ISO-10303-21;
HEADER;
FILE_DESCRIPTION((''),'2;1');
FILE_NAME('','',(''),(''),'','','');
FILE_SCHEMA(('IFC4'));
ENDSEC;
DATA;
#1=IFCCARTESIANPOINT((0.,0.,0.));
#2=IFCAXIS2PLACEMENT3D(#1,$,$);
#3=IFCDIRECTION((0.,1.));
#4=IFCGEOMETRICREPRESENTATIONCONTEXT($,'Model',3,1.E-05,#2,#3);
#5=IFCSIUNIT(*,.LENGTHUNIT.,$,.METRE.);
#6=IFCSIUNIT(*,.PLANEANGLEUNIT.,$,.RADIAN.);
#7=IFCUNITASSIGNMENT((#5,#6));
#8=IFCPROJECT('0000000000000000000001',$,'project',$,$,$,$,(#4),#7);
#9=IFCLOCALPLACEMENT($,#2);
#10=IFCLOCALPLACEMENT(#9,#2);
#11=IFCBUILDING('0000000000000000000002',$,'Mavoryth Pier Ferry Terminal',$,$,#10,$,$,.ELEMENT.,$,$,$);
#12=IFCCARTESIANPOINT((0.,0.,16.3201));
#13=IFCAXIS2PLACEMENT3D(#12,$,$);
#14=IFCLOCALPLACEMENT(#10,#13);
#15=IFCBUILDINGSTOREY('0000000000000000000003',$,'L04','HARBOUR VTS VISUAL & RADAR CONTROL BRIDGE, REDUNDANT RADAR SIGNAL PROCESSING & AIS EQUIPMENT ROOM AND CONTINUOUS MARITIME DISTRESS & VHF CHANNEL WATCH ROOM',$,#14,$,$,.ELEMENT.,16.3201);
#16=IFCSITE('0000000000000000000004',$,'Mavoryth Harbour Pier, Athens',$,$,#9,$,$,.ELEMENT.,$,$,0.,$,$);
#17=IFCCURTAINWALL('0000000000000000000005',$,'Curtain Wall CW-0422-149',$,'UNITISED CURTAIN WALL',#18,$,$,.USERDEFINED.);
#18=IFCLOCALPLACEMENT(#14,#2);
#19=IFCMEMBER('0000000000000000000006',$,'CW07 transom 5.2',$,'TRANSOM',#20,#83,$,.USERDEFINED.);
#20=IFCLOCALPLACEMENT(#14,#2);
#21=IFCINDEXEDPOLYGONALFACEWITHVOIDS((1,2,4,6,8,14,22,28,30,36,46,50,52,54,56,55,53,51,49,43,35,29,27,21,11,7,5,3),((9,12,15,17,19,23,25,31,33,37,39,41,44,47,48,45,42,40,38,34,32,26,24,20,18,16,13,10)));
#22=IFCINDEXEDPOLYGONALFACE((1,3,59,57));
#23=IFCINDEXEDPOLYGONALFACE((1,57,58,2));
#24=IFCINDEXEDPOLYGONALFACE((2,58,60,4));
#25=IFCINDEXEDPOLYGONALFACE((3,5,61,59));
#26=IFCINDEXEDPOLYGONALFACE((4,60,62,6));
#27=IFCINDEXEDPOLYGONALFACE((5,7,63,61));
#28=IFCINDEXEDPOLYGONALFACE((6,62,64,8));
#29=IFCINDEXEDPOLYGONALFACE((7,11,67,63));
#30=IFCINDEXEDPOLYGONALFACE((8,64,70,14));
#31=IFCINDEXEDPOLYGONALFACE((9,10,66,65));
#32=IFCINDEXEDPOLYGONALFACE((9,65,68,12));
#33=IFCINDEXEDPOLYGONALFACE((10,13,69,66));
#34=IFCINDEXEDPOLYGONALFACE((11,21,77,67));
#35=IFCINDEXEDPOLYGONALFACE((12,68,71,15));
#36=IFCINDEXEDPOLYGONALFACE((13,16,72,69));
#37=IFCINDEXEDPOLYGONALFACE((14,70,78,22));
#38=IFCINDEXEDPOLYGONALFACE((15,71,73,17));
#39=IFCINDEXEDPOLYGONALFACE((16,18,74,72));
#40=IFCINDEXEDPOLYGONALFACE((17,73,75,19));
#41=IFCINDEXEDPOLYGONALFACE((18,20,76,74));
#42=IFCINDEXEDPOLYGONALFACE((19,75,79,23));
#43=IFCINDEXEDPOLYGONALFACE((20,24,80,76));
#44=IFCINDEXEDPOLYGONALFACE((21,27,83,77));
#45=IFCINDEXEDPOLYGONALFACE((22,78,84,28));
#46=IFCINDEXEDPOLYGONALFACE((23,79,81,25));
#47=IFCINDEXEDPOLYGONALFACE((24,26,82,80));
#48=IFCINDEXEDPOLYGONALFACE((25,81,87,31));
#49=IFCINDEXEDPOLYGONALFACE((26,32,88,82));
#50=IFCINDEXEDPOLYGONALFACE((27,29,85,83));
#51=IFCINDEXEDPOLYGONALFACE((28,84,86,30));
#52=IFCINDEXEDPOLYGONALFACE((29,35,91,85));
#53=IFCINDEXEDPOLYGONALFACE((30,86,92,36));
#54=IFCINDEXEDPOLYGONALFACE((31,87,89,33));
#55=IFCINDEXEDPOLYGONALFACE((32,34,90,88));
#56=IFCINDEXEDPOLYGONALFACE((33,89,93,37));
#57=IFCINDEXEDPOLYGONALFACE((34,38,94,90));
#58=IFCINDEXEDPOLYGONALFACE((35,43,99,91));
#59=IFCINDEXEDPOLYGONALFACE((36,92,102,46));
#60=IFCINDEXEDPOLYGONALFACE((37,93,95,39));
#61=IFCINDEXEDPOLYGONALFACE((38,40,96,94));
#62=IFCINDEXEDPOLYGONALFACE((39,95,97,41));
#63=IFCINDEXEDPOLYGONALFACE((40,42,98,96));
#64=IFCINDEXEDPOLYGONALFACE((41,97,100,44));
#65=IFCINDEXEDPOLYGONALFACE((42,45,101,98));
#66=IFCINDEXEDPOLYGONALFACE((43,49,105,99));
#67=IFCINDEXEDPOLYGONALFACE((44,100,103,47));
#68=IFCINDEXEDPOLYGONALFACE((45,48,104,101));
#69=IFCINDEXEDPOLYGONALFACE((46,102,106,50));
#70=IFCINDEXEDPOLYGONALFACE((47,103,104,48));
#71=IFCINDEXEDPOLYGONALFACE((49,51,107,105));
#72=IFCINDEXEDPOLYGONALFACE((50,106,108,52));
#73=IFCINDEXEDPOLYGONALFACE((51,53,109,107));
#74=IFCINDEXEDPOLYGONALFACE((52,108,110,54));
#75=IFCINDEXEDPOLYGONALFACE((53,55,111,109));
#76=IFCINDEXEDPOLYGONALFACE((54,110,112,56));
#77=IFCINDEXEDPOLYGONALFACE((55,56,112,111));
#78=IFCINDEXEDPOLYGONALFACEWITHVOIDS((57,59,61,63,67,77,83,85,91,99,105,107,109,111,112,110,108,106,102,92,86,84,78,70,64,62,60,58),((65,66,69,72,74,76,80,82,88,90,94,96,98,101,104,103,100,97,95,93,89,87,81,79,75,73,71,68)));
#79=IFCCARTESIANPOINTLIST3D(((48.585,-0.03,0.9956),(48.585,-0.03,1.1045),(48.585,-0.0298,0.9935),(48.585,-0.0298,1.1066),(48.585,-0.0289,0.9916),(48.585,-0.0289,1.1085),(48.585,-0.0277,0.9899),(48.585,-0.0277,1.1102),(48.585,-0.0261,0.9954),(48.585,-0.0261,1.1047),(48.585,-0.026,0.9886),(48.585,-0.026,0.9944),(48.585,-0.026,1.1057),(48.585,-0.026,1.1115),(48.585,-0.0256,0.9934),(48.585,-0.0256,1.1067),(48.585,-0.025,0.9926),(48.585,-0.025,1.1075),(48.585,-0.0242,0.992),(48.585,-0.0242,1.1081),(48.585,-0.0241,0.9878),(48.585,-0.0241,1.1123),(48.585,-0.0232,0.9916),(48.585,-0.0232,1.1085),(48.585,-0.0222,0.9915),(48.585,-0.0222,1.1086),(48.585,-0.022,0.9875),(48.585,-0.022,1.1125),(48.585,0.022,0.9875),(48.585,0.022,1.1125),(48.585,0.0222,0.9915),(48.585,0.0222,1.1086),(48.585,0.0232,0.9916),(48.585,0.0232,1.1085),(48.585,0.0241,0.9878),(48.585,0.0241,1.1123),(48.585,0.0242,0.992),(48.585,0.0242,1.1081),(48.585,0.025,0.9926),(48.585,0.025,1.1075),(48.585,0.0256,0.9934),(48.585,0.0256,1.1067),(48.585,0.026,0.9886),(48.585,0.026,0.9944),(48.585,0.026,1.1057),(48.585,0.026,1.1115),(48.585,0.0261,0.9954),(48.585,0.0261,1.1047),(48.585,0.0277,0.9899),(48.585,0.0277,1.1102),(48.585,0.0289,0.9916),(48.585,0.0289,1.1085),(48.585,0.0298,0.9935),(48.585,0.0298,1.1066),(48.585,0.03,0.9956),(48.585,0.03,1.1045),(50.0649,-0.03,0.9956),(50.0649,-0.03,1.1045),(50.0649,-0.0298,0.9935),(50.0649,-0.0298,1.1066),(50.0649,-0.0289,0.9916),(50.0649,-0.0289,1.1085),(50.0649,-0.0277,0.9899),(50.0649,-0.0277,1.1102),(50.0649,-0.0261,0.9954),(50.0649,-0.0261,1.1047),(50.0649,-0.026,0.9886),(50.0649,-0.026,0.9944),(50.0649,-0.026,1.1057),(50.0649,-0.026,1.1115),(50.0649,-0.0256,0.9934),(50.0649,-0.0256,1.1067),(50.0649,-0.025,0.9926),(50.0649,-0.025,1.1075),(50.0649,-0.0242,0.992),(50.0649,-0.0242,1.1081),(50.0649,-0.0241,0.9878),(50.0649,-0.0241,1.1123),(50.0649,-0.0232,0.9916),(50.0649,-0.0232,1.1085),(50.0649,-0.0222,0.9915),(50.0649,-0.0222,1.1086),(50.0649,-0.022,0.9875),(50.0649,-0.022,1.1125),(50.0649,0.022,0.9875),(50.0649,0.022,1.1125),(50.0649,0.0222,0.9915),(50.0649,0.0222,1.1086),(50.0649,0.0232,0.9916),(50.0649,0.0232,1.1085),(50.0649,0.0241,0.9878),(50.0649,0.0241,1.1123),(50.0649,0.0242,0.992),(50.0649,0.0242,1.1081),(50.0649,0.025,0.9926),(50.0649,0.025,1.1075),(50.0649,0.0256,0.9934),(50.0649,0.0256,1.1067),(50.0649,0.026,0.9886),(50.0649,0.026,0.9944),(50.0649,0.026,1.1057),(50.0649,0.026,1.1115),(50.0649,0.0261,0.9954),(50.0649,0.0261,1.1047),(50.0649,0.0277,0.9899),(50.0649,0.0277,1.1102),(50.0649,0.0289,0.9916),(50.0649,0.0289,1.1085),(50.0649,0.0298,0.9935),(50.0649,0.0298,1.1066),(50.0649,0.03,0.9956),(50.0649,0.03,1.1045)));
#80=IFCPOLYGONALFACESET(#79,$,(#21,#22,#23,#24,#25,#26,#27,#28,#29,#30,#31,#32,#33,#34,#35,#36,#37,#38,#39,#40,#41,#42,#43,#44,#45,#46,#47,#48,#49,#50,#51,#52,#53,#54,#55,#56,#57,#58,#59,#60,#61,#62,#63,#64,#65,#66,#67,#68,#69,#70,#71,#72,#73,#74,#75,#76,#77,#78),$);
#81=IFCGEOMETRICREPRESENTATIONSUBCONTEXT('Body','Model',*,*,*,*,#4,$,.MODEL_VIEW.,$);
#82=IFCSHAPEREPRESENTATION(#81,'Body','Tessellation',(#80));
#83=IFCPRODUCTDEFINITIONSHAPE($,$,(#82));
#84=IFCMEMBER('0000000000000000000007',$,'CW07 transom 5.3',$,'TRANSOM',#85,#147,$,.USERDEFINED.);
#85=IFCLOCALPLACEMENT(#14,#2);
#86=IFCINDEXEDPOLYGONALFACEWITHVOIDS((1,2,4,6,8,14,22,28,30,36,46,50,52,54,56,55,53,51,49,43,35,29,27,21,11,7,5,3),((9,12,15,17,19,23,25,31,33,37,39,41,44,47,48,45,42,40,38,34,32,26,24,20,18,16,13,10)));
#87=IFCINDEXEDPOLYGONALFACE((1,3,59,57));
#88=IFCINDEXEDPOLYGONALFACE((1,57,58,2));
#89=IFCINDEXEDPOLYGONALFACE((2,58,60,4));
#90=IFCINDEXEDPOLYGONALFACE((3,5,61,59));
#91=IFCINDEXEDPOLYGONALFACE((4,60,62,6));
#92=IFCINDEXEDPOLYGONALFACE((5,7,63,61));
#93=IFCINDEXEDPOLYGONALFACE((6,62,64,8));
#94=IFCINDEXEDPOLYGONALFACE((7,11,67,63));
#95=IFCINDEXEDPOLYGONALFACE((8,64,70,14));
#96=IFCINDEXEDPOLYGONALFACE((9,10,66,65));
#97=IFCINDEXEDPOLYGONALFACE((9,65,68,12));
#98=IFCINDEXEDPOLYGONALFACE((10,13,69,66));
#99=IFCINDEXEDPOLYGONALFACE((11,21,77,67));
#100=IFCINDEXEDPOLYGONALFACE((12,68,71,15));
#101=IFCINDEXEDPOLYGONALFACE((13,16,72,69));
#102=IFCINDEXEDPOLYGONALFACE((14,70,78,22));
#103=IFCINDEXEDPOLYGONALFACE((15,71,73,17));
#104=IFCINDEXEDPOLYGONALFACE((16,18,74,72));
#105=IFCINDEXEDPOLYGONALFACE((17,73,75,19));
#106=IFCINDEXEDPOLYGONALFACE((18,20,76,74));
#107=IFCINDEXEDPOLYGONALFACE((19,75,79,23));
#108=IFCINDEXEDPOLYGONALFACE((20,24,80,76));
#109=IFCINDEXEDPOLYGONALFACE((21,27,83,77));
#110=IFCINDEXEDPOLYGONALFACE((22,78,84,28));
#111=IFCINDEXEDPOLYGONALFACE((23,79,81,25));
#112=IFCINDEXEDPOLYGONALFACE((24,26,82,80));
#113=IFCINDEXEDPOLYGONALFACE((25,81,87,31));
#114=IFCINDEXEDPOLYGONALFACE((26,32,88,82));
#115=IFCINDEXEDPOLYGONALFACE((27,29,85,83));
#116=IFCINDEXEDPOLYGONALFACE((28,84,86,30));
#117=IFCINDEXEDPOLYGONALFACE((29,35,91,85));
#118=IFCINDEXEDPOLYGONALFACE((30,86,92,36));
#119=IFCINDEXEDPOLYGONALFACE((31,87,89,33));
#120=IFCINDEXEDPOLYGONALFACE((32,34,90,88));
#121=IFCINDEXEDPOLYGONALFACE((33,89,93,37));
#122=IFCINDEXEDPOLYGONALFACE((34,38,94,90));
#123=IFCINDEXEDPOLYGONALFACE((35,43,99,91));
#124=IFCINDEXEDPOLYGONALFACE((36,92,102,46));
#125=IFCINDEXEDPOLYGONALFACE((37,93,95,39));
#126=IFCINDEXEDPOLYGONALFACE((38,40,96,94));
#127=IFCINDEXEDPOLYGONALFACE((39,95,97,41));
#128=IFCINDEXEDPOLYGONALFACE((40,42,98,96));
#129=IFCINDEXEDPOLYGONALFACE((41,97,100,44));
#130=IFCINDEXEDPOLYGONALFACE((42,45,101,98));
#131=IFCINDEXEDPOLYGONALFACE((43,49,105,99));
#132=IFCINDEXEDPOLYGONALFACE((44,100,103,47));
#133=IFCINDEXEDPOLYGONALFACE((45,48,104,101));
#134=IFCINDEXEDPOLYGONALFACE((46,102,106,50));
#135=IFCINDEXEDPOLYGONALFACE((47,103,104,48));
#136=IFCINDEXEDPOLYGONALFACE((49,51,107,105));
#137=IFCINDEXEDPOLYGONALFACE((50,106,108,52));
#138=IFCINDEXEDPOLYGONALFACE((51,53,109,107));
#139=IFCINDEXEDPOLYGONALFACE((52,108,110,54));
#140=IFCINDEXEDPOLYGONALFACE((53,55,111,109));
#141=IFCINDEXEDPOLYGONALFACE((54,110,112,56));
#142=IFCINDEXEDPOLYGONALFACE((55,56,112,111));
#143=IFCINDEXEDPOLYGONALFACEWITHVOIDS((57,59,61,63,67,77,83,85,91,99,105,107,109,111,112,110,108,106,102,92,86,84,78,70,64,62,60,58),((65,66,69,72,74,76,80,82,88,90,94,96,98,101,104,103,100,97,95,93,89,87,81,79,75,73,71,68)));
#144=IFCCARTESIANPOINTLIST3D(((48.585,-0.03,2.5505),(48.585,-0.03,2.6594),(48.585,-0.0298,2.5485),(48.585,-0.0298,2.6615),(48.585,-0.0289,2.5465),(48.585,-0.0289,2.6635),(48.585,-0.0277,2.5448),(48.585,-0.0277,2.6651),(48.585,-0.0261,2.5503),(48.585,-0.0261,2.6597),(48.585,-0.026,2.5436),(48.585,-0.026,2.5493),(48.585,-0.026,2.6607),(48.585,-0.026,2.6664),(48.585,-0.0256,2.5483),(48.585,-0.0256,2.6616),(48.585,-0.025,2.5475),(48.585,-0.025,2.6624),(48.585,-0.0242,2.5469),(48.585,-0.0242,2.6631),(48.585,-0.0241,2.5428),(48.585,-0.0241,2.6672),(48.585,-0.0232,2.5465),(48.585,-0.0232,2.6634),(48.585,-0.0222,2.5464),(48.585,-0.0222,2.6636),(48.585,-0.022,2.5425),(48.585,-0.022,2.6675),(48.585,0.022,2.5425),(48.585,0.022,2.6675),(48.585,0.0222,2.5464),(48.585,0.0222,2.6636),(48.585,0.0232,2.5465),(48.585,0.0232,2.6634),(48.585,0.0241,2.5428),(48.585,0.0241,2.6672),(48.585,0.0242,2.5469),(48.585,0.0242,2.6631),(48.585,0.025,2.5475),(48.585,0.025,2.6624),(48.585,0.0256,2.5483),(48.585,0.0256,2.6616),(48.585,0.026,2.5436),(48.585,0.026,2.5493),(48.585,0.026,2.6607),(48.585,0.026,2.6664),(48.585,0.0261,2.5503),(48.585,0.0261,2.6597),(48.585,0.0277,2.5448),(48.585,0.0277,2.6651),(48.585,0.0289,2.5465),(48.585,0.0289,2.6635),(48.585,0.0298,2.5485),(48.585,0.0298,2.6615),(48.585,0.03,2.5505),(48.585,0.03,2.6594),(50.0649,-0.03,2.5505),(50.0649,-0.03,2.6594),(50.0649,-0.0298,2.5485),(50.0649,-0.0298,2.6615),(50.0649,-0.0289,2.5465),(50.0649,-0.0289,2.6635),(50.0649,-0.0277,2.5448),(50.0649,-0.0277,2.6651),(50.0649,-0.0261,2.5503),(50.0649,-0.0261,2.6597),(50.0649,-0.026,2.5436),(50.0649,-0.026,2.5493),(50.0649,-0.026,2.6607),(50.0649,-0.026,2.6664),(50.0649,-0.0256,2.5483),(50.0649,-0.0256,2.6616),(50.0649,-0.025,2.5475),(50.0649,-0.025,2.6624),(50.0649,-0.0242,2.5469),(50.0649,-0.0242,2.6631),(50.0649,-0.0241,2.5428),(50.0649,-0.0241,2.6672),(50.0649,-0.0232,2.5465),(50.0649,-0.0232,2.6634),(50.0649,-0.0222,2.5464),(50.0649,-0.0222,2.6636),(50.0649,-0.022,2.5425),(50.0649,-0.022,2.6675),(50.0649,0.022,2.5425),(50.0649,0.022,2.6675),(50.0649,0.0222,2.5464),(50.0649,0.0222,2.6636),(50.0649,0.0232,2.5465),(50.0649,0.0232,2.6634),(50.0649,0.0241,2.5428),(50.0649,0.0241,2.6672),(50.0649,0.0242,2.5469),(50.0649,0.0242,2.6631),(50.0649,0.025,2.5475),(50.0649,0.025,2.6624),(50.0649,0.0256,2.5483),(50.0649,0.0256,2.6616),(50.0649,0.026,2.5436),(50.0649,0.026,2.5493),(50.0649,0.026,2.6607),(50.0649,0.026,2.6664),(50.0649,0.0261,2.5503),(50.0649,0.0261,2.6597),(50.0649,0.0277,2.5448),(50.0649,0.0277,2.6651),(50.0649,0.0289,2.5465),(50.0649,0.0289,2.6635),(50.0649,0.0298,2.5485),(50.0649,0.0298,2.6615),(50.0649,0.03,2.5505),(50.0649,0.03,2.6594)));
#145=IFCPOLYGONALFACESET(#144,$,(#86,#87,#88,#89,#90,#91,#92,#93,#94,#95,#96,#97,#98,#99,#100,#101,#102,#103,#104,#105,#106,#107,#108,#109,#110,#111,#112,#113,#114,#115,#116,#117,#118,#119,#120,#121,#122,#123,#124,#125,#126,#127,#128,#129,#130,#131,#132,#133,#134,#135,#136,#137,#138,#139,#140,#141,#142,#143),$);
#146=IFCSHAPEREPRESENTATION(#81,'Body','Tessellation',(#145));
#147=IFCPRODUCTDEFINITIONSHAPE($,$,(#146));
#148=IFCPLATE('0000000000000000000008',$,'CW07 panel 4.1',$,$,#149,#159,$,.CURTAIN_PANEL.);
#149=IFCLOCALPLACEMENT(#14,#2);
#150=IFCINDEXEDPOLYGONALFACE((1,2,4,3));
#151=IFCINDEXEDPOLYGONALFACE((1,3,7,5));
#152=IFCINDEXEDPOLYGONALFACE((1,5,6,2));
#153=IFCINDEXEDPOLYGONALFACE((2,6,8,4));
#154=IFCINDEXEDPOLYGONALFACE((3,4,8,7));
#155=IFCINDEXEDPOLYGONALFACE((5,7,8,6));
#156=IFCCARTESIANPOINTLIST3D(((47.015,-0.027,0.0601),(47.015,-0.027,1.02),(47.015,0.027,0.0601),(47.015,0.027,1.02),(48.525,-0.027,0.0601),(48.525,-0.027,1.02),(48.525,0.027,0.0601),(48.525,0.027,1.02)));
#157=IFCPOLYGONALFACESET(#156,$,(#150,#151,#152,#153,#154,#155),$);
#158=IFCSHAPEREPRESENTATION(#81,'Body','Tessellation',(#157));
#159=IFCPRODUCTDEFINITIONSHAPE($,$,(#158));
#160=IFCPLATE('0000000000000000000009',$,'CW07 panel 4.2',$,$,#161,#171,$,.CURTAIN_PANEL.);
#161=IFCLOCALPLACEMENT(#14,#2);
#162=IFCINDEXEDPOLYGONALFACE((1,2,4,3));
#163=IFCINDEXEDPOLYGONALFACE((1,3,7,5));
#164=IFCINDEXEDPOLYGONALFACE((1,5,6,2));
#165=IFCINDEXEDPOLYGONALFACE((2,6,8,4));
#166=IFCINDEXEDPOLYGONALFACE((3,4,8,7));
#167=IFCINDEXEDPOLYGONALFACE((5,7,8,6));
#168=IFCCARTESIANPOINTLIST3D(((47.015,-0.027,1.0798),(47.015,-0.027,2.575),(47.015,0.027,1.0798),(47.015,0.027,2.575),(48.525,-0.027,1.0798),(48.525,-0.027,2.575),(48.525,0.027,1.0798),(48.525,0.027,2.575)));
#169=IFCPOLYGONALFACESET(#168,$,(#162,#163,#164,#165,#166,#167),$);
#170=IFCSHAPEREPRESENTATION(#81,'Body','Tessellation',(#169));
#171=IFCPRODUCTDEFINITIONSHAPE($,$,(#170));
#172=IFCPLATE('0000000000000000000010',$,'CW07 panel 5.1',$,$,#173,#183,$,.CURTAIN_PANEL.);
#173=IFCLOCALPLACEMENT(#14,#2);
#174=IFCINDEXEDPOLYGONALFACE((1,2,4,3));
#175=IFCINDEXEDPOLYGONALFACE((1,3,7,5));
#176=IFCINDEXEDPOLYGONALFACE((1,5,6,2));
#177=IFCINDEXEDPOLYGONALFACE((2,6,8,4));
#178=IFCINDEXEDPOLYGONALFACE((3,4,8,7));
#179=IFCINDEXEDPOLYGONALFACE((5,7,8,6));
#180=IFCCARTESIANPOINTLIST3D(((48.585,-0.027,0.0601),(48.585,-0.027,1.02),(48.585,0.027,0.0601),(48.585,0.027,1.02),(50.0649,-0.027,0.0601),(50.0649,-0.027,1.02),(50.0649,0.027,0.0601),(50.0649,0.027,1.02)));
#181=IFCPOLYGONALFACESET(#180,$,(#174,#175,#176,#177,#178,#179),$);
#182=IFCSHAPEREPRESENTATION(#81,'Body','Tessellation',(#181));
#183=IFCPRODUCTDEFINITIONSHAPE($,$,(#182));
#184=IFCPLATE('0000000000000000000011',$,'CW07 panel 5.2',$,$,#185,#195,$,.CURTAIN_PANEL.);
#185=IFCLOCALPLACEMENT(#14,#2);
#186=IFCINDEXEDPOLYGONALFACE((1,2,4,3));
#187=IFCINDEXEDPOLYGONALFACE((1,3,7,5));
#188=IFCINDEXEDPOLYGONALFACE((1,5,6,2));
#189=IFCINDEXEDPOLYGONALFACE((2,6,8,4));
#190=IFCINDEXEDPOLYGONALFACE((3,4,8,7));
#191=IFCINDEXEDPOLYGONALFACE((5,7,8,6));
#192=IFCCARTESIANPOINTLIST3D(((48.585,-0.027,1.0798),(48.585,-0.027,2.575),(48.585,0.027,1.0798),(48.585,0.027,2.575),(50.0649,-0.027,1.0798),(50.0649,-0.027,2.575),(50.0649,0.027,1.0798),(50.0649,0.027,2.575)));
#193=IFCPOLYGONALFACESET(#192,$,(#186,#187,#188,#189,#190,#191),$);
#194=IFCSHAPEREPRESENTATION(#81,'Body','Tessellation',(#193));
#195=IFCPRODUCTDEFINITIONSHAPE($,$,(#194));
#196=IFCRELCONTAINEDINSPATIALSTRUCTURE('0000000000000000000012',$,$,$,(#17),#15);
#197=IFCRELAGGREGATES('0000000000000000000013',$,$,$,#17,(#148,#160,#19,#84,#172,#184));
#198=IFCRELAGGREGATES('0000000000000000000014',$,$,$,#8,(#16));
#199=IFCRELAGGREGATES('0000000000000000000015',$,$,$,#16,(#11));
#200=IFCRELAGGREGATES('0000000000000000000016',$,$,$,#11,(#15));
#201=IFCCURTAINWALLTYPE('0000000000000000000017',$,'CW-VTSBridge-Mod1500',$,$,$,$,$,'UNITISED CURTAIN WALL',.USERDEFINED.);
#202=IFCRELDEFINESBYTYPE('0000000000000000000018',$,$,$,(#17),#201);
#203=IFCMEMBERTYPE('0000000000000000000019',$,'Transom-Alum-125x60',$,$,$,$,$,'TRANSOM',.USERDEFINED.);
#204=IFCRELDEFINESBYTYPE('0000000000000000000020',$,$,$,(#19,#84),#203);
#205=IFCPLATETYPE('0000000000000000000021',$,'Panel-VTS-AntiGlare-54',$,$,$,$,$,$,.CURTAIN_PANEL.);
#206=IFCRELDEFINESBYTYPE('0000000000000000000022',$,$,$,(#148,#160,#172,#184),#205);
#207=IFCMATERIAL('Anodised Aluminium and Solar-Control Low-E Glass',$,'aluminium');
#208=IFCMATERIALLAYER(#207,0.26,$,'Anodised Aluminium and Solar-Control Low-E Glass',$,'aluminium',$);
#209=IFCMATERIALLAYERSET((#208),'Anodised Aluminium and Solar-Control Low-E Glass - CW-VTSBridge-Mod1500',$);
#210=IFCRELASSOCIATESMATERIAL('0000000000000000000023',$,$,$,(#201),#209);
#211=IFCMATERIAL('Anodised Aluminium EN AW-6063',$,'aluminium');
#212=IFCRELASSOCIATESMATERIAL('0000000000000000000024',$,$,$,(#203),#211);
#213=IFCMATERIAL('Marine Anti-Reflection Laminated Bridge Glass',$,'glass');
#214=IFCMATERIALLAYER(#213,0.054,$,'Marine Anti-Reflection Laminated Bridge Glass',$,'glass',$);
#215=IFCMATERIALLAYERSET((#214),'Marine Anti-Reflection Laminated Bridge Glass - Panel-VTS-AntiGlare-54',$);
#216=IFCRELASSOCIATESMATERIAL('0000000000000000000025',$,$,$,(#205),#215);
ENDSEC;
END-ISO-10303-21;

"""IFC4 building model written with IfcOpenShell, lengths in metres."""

from ifc_helpers import new_model, si_unit, direction, frame, origin, origin_2d, place, context, subcontext, project, spatial, rectangle, hollow_rectangle, extrude, material, layer, layer_set, material_profile, profile_set, type_object, element, aggregate, save


model = new_model("IFC4")

# Units and contexts
model_context = context("Model", 3, precision=1e-05, world=origin(), true_north=direction((0.0, 1.0)))
body_context = subcontext(model_context, "Body", "Model", "MODEL_VIEW")
ifc_project = project(units=[si_unit("LENGTHUNIT", "METRE"), si_unit("PLANEANGLEUNIT", "RADIAN")], contexts=[model_context])

# Site, building, storey
site_placement = place(None, origin())
site = spatial("IfcSite", under=ifc_project, at=site_placement, Name="Mavoryth Harbour Pier, Athens", CompositionType="ELEMENT", RefElevation=0.0)
building_placement = place(site_placement, origin())
building = spatial("IfcBuilding", under=site, at=building_placement, Name="Mavoryth Pier Ferry Terminal", CompositionType="ELEMENT")
storey_placement = place(building_placement, frame((0.0, 0.0, 16.3201)))
storey = spatial("IfcBuildingStorey", under=building, at=storey_placement, Name="L04", Description="HARBOUR VTS VISUAL & RADAR CONTROL BRIDGE, REDUNDANT RADAR SIGNAL PROCESSING & AIS EQUIPMENT ROOM AND CONTINUOUS MARITIME DISTRESS & VHF CHANNEL WATCH ROOM", CompositionType="ELEMENT", Elevation=16.3201)

# Curtain wall, members, plates
ifc_material_1 = material(Name="Anodised Aluminium and Solar-Control Low-E Glass", Category="aluminium")
ifc_layer_1 = layer(ifc_material_1, 0.26, Name="Anodised Aluminium and Solar-Control Low-E Glass", Category="aluminium")
ifc_layer_set_1 = layer_set([ifc_layer_1], Name="Anodised Aluminium and Solar-Control Low-E Glass - CW-VTSBridge-Mod1500")
curtain_wall_type = type_object("IfcCurtainWallType", Name="CW-VTSBridge-Mod1500", ElementType="UNITISED CURTAIN WALL", PredefinedType="USERDEFINED", material=ifc_layer_set_1)
curtain_wall_placement = place(storey_placement, origin())
curtain_wall = element("IfcCurtainWall", 1, at=curtain_wall_placement, inside=storey, type_object=curtain_wall_type, Name="Curtain Wall CW-0422-149", ObjectType="UNITISED CURTAIN WALL", PredefinedType="USERDEFINED")
ifc_material_2 = material(Name="Anodised Aluminium EN AW-6063", Category="aluminium")
ifc_material_profile_1 = material_profile(ifc_material_2, hollow_rectangle(XDim=0.0601, YDim=0.125, WallThickness=0.0039, InnerFilletRadius=0.0039, OuterFilletRadius=0.0081, at=origin_2d()), Name="AL-TRAN 125x60x4", Category="aluminium")
ifc_profile_set_1 = profile_set([ifc_material_profile_1], Name="Anodised Aluminium EN AW-6063 - AL-TRAN 125x60x4")
member_type_1 = type_object("IfcMemberType", Name="Transom-Alum-125x60", ElementType="TRANSOM", PredefinedType="USERDEFINED", material=ifc_profile_set_1)
member_1_placement = place(storey_placement, frame((48.585, 0.0, 1.05), z_axis=(1.0, 0.0, 0.0), x_axis=(0.0, 1.0, 0.0)))
member_1 = element("IfcMember", 2, at=member_1_placement, type_object=member_type_1, Name="CW07 transom 5.2", ObjectType="TRANSOM", PredefinedType="USERDEFINED", context=body_context, shape_type="SweptSolid", body=[
    extrude(hollow_rectangle(XDim=0.0601, YDim=0.125, WallThickness=0.0039, InnerFilletRadius=0.0039, OuterFilletRadius=0.0081, at=origin_2d()), origin(), (0.0, 0.0, 1.0), 1.48),
])
member_2_placement = place(storey_placement, frame((48.585, 0.0, 2.605), z_axis=(1.0, 0.0, 0.0), x_axis=(0.0, 1.0, 0.0)))
member_2 = element("IfcMember", 3, at=member_2_placement, type_object=member_type_1, Name="CW07 transom 5.3", ObjectType="TRANSOM", PredefinedType="USERDEFINED", context=body_context, shape_type="SweptSolid", body=[
    extrude(hollow_rectangle(XDim=0.0601, YDim=0.125, WallThickness=0.0039, InnerFilletRadius=0.0039, OuterFilletRadius=0.0081, at=origin_2d()), origin(), (0.0, 0.0, 1.0), 1.48),
])
ifc_material_3 = material(Name="Marine Anti-Reflection Laminated Bridge Glass", Category="glass")
ifc_layer_2 = layer(ifc_material_3, 0.054, Name="Marine Anti-Reflection Laminated Bridge Glass", Category="glass")
ifc_layer_set_2 = layer_set([ifc_layer_2], Name="Marine Anti-Reflection Laminated Bridge Glass - Panel-VTS-AntiGlare-54")
plate_type = type_object("IfcPlateType", Name="Panel-VTS-AntiGlare-54", PredefinedType="CURTAIN_PANEL", material=ifc_layer_set_2)
plate_1_placement = place(storey_placement, frame((47.77, 0.0, 0.0601), z_axis=(0.0, 0.0, 1.0), x_axis=(1.0, 0.0, 0.0)))
plate_1 = element("IfcPlate", 4, at=plate_1_placement, type_object=plate_type, Name="CW07 panel 4.1", PredefinedType="CURTAIN_PANEL", context=body_context, shape_type="SweptSolid", body=[
    extrude(rectangle(XDim=1.51, YDim=0.054, at=origin_2d()), origin(), (0.0, 0.0, 1.0), 0.96),
])
plate_2_placement = place(storey_placement, frame((47.77, 0.0, 1.0798), z_axis=(0.0, 0.0, 1.0), x_axis=(1.0, 0.0, 0.0)))
plate_2 = element("IfcPlate", 5, at=plate_2_placement, type_object=plate_type, Name="CW07 panel 4.2", PredefinedType="CURTAIN_PANEL", context=body_context, shape_type="SweptSolid", body=[
    extrude(rectangle(XDim=1.51, YDim=0.054, at=origin_2d()), origin(), (0.0, 0.0, 1.0), 1.4951),
])
plate_3_placement = place(storey_placement, frame((49.325, 0.0, 0.0601), z_axis=(0.0, 0.0, 1.0), x_axis=(1.0, 0.0, 0.0)))
plate_3 = element("IfcPlate", 6, at=plate_3_placement, type_object=plate_type, Name="CW07 panel 5.1", PredefinedType="CURTAIN_PANEL", context=body_context, shape_type="SweptSolid", body=[
    extrude(rectangle(XDim=1.48, YDim=0.054, at=origin_2d()), origin(), (0.0, 0.0, 1.0), 0.96),
])
plate_4_placement = place(storey_placement, frame((49.325, 0.0, 1.0798), z_axis=(0.0, 0.0, 1.0), x_axis=(1.0, 0.0, 0.0)))
plate_4 = element("IfcPlate", 7, at=plate_4_placement, type_object=plate_type, Name="CW07 panel 5.2", PredefinedType="CURTAIN_PANEL", context=body_context, shape_type="SweptSolid", body=[
    extrude(rectangle(XDim=1.48, YDim=0.054, at=origin_2d()), origin(), (0.0, 0.0, 1.0), 1.4951),
])
aggregate(curtain_wall, [plate_1, plate_2, member_1, member_2, plate_3, plate_4])

save(model, "model.ifc")
